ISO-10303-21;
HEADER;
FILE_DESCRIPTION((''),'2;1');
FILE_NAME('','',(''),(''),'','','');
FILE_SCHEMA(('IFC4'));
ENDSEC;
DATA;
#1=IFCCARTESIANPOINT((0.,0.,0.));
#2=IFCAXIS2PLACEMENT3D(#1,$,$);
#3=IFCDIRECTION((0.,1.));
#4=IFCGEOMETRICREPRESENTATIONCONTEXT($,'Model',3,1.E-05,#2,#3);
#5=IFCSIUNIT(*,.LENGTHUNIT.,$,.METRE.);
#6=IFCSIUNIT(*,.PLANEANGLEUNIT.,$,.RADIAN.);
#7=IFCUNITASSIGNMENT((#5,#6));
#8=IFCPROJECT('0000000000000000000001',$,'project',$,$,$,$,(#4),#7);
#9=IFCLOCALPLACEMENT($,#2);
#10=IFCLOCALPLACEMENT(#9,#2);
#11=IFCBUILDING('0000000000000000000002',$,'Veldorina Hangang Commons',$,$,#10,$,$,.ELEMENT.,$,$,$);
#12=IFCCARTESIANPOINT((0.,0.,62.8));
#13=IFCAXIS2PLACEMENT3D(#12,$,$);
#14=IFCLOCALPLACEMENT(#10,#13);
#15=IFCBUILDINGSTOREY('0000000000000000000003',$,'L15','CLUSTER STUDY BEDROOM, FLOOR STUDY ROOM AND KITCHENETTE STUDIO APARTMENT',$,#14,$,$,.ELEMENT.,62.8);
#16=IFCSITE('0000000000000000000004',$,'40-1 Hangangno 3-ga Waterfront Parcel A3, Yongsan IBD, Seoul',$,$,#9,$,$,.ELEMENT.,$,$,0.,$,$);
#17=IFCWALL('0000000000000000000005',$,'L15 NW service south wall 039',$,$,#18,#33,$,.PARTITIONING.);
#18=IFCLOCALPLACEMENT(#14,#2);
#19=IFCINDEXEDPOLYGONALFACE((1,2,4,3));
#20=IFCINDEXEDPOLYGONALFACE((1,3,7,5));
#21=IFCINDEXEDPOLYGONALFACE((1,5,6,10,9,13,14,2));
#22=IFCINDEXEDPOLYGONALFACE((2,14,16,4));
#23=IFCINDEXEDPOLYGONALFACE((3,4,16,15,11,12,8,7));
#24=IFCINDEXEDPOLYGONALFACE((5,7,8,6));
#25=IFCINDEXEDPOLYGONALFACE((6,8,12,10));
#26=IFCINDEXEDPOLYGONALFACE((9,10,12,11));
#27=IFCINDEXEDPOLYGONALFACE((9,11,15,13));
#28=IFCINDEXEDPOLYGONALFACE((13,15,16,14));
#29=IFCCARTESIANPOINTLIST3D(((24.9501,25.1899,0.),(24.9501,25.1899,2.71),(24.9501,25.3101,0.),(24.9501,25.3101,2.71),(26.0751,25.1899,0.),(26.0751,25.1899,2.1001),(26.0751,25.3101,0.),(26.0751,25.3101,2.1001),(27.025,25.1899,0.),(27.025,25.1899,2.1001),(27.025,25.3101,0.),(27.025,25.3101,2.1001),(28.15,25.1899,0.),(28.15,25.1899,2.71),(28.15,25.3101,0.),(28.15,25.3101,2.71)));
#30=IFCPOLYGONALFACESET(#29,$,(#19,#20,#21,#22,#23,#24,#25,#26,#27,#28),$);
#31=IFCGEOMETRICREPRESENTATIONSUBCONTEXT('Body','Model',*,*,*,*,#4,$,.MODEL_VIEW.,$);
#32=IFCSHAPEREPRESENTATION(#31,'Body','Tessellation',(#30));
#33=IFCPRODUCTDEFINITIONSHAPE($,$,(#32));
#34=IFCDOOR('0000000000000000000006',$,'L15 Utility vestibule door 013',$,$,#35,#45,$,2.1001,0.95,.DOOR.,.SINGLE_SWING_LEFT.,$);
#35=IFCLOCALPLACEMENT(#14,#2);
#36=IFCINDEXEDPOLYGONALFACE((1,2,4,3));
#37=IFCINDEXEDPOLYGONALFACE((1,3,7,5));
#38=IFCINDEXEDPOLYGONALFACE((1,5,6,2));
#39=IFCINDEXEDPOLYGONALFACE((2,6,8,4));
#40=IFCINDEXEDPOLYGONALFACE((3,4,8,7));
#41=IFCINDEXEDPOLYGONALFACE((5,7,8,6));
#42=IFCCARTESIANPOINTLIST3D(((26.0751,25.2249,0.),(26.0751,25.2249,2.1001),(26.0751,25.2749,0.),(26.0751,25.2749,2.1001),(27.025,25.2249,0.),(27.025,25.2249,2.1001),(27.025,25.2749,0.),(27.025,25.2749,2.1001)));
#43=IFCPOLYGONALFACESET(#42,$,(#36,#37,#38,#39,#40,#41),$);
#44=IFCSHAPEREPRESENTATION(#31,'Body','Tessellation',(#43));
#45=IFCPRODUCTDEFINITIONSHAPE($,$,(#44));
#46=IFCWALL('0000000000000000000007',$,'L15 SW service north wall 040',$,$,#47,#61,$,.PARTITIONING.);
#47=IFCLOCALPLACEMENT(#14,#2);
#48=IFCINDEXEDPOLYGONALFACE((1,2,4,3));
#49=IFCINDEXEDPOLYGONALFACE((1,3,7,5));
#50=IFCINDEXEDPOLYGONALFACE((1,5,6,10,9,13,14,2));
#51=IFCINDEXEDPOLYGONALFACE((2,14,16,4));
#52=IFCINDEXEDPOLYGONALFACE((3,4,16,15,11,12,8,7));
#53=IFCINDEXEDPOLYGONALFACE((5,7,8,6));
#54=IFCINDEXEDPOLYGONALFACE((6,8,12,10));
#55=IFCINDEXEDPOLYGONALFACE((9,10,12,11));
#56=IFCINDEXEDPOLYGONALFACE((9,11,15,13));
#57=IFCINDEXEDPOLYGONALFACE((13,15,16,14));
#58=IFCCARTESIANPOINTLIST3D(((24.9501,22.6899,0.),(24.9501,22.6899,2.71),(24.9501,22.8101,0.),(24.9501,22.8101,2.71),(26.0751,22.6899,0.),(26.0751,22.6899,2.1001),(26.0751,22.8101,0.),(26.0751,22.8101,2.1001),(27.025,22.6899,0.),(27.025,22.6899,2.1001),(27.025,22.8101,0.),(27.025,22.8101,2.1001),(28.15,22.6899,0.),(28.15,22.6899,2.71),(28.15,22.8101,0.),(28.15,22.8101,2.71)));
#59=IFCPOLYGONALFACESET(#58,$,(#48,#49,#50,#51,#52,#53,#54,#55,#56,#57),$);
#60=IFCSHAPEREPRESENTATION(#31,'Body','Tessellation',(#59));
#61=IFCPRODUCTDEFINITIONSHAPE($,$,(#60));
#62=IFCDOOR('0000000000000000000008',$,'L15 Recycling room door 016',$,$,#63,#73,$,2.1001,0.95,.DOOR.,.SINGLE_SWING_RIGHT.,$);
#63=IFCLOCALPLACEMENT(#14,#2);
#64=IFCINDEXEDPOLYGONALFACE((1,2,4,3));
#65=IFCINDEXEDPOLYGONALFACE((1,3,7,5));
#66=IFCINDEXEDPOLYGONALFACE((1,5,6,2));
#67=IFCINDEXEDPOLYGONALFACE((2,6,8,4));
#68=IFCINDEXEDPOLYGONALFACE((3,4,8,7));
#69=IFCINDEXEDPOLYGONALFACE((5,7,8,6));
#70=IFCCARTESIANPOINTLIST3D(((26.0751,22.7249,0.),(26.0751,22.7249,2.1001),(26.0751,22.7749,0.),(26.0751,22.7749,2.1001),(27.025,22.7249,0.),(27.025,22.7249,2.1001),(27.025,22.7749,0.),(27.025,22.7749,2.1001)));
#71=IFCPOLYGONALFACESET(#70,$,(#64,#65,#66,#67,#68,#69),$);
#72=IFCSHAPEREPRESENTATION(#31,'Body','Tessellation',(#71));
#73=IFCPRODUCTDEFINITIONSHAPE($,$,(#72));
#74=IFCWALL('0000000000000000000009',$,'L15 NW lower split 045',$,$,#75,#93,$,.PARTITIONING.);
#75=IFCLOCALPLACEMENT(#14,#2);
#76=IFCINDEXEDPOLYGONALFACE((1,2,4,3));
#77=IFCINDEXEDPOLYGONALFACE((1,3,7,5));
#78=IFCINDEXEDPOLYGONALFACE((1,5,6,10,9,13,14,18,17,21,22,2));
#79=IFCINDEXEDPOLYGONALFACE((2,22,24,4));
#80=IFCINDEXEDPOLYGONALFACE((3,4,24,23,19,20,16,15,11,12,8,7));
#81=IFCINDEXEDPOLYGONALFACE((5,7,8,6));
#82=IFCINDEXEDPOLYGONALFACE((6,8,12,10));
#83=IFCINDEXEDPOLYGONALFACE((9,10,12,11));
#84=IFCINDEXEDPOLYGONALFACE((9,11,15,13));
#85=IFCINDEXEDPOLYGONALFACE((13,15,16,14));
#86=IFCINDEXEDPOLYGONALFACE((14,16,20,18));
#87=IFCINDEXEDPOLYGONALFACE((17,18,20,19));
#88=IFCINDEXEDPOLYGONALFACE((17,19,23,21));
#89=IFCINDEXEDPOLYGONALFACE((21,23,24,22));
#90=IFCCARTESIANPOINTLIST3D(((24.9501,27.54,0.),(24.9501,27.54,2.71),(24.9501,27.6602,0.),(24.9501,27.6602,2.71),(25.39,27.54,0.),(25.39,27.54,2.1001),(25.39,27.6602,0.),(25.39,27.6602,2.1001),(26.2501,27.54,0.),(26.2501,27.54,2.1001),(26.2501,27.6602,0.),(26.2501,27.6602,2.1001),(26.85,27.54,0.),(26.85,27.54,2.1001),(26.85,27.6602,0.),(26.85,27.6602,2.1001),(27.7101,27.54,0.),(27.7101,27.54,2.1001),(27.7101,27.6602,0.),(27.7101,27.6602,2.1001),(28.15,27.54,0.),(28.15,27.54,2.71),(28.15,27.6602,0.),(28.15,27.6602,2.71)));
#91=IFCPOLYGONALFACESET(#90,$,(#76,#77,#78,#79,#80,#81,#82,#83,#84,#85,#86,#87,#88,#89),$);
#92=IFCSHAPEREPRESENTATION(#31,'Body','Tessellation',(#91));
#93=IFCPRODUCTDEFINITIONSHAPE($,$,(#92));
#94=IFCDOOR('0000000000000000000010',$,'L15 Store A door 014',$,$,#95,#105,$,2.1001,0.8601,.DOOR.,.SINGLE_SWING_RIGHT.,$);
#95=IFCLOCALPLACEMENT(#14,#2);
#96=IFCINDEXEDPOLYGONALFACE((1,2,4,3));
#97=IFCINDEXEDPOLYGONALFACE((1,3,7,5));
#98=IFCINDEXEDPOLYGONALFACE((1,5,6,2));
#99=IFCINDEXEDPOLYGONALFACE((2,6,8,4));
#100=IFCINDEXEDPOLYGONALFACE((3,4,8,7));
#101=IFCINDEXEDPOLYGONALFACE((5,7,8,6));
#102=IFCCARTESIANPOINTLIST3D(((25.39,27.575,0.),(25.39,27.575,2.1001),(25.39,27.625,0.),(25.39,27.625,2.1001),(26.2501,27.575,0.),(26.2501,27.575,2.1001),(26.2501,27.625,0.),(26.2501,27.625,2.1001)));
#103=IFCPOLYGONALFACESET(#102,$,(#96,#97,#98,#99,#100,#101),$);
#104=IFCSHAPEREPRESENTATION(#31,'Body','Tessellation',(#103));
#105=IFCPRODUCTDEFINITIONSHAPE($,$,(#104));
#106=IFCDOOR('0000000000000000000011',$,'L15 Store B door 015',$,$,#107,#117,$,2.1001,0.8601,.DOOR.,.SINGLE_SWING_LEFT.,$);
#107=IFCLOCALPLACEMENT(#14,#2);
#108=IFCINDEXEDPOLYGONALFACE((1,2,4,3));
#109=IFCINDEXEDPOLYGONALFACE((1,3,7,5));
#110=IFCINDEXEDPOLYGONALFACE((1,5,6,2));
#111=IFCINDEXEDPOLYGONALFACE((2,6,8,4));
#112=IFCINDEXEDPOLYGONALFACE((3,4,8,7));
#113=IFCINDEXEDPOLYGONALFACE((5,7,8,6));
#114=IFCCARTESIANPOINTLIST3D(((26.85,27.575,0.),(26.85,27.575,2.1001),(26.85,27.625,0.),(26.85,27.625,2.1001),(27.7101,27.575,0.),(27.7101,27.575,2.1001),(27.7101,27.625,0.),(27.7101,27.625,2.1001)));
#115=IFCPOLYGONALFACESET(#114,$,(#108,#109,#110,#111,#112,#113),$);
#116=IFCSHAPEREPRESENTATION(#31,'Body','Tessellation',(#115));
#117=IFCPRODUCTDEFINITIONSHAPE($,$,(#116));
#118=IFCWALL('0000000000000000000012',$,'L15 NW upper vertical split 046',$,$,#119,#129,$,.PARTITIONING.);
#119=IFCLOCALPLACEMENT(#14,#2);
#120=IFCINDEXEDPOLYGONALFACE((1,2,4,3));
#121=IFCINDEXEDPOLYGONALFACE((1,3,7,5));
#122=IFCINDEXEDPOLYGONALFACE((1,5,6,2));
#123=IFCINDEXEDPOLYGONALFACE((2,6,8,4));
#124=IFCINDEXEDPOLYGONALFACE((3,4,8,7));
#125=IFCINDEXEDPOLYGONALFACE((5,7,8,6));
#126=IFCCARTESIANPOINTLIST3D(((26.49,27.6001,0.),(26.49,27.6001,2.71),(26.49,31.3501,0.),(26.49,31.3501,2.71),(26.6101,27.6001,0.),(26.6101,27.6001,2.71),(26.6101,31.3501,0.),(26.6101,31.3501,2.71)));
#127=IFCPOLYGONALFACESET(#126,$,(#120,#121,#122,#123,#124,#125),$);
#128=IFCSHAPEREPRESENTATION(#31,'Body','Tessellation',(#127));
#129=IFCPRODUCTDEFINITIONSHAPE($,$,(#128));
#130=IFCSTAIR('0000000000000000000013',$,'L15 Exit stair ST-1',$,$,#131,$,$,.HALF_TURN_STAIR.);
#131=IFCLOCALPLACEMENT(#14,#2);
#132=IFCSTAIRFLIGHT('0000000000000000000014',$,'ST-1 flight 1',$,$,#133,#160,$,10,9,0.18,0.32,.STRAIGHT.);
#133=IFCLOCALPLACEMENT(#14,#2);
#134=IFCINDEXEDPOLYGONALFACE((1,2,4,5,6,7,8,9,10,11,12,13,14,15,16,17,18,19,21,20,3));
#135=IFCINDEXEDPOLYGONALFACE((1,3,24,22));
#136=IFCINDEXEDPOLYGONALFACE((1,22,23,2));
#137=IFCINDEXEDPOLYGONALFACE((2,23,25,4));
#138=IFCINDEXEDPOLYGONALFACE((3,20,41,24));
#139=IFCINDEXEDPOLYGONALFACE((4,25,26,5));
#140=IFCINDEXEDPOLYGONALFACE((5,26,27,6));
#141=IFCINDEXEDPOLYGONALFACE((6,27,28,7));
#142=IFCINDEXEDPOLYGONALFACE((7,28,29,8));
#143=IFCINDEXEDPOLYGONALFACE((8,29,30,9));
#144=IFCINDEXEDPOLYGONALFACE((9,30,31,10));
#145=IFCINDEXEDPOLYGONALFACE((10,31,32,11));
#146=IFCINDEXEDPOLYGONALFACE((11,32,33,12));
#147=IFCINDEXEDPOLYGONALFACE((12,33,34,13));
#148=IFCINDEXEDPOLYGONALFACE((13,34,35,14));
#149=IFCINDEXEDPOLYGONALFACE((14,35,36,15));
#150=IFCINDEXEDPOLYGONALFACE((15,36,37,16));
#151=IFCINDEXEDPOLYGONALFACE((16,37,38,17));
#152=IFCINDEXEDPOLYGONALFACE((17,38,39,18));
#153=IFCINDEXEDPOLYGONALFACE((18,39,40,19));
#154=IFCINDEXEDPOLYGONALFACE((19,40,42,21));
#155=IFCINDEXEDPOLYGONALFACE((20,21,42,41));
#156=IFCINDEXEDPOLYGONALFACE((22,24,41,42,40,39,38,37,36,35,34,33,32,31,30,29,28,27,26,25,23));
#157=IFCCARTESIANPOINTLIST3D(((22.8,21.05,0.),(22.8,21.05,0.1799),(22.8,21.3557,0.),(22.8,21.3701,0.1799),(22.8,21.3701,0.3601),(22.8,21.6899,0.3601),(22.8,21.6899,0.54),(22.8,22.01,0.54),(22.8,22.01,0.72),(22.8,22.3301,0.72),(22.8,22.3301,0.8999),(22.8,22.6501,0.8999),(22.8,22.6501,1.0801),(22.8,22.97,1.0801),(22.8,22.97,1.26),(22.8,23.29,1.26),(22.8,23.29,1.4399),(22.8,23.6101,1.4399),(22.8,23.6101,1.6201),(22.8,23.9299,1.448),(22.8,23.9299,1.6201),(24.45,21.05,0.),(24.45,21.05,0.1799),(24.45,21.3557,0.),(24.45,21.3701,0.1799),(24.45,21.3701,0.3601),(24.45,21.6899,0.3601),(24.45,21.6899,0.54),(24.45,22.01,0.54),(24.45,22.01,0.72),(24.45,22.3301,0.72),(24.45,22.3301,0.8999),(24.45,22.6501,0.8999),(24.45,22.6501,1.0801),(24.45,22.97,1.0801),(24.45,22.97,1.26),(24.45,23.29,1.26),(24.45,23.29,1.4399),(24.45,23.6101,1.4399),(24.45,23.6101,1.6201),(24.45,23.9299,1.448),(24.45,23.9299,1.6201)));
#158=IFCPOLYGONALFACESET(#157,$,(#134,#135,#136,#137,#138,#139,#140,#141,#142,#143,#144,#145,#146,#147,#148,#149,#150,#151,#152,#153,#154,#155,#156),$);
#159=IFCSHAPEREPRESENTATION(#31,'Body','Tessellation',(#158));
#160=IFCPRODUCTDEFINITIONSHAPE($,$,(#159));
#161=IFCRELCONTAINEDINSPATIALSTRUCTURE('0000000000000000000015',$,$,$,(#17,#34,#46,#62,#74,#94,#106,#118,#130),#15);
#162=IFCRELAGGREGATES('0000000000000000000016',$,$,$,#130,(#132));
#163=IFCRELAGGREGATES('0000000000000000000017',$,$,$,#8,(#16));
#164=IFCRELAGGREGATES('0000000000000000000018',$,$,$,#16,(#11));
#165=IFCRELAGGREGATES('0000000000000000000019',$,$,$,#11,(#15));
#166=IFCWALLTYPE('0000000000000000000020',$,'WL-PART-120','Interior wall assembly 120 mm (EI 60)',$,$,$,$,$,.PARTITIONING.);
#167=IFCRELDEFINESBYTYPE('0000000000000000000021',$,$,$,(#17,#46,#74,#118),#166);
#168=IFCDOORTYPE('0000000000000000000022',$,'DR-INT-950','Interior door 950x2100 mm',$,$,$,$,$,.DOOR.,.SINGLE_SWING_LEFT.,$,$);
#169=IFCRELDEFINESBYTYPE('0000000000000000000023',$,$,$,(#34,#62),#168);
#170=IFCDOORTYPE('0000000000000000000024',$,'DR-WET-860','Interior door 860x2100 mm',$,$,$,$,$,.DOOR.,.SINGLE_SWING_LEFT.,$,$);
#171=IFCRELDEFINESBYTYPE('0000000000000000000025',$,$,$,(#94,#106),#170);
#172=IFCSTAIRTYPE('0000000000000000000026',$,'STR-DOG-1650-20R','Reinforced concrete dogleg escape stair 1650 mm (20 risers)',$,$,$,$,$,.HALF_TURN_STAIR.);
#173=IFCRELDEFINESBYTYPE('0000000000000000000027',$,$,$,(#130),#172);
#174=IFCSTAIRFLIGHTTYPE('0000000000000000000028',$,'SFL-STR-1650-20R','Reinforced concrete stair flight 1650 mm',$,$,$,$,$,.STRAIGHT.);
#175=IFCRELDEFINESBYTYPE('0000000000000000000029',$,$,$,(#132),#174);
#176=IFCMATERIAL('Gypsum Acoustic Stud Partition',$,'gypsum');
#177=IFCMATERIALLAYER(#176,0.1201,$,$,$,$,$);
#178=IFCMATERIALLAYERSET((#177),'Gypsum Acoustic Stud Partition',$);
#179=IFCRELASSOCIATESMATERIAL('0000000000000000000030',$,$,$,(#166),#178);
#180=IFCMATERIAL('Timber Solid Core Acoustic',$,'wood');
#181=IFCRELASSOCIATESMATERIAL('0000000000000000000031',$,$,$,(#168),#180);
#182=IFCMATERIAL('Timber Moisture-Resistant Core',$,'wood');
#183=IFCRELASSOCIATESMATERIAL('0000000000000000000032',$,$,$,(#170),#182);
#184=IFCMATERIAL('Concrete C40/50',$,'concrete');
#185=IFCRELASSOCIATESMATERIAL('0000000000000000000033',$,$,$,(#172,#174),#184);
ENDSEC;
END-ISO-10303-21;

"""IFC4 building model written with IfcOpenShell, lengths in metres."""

from ifc_helpers import new_model, si_unit, direction, frame, frame_2d, origin, place, context, subcontext, project, spatial, polyline, rectangle, outline, extrude, material, layer, layer_set, type_object, element, fill, aggregate, save


model = new_model("IFC4")

# Units and contexts
model_context = context("Model", 3, precision=1e-05, world=origin(), true_north=direction((0.0, 1.0)))
body_context = subcontext(model_context, "Body", "Model", "MODEL_VIEW")
ifc_project = project(units=[si_unit("LENGTHUNIT", "METRE"), si_unit("PLANEANGLEUNIT", "RADIAN")], contexts=[model_context])

# Site, building, storey
site_placement = place(None, origin())
site = spatial("IfcSite", under=ifc_project, at=site_placement, Name="40-1 Hangangno 3-ga Waterfront Parcel A3, Yongsan IBD, Seoul", CompositionType="ELEMENT", RefElevation=0.0)
building_placement = place(site_placement, origin())
building = spatial("IfcBuilding", under=site, at=building_placement, Name="Veldorina Hangang Commons", CompositionType="ELEMENT")
storey_placement = place(building_placement, frame((0.0, 0.0, 62.8)))
storey = spatial("IfcBuildingStorey", under=building, at=storey_placement, Name="L15", Description="CLUSTER STUDY BEDROOM, FLOOR STUDY ROOM AND KITCHENETTE STUDIO APARTMENT", CompositionType="ELEMENT", Elevation=62.8)

# Walls, openings, doors
ifc_material_1 = material(Name="Gypsum Acoustic Stud Partition", Category="gypsum")
ifc_layer_1 = layer(ifc_material_1, 0.1201)
ifc_layer_set_1 = layer_set([ifc_layer_1], Name="Gypsum Acoustic Stud Partition")
wall_type_1 = type_object("IfcWallType", Name="WL-PART-120", Description="Interior wall assembly 120 mm (EI 60)", PredefinedType="PARTITIONING", material=ifc_layer_set_1)
wall_1_placement = place(storey_placement, frame((24.95, 25.25, 0.0), z_axis=(0.0, 0.0, 1.0), x_axis=(1.0, 0.0, 0.0)))
wall_1 = element("IfcWall", 1, at=wall_1_placement, inside=storey, type_object=wall_type_1, Name="L15 NW service south wall 039", PredefinedType="PARTITIONING", context=body_context, shape_type="SweptSolid", body=[
    extrude(rectangle(XDim=3.2, YDim=0.1201, at=frame_2d((1.6001, 0.0))), origin(), (0.0, 0.0, 1.0), 2.71),
])
opening_1_placement = place(wall_1_placement, frame((1.125, 0.0, 0.0)))
opening_1 = element("IfcOpeningElement", 2, at=opening_1_placement, cuts=wall_1, PredefinedType="OPENING", context=body_context, shape_type="SweptSolid", body=[
    extrude(rectangle(XDim=0.95, YDim=2.1001, at=frame_2d((0.4751, 1.05))), frame((0.0, 0.0701, 0.0), z_axis=(0.0, -1.0, 0.0), x_axis=(1.0, 0.0, 0.0)), (0.0, 0.0, 1.0), 0.1401),
])
ifc_material_2 = material(Name="Timber Solid Core Acoustic", Category="wood")
door_type_1 = type_object("IfcDoorType", Name="DR-INT-950", Description="Interior door 950x2100 mm", OperationType="SINGLE_SWING_LEFT", PredefinedType="DOOR", material=ifc_material_2)
door_1_placement = place(opening_1_placement, origin())
door_1 = element("IfcDoor", 3, at=door_1_placement, inside=storey, type_object=door_type_1, Name="L15 Utility vestibule door 013", OperationType="SINGLE_SWING_LEFT", OverallHeight=2.1001, OverallWidth=0.95, PredefinedType="DOOR", context=body_context, shape_type="SweptSolid", body=[
    extrude(rectangle(XDim=0.95, YDim=2.1001, at=frame_2d((0.4751, 1.05))), frame((0.0, 0.0249, 0.0), z_axis=(0.0, -1.0, 0.0), x_axis=(1.0, 0.0, 0.0)), (0.0, 0.0, 1.0), 0.05),
])
fill(opening_1, door_1)
wall_2_placement = place(storey_placement, frame((24.95, 22.75, 0.0), z_axis=(0.0, 0.0, 1.0), x_axis=(1.0, 0.0, 0.0)))
wall_2 = element("IfcWall", 4, at=wall_2_placement, inside=storey, type_object=wall_type_1, Name="L15 SW service north wall 040", PredefinedType="PARTITIONING", context=body_context, shape_type="SweptSolid", body=[
    extrude(rectangle(XDim=3.2, YDim=0.1201, at=frame_2d((1.6001, 0.0))), origin(), (0.0, 0.0, 1.0), 2.71),
])
opening_2_placement = place(wall_2_placement, frame((1.125, 0.0, 0.0)))
opening_2 = element("IfcOpeningElement", 5, at=opening_2_placement, cuts=wall_2, PredefinedType="OPENING", context=body_context, shape_type="SweptSolid", body=[
    extrude(rectangle(XDim=0.95, YDim=2.1001, at=frame_2d((0.4751, 1.05))), frame((0.0, 0.0701, 0.0), z_axis=(0.0, -1.0, 0.0), x_axis=(1.0, 0.0, 0.0)), (0.0, 0.0, 1.0), 0.1401),
])
door_2_placement = place(opening_2_placement, origin())
door_2 = element("IfcDoor", 6, at=door_2_placement, inside=storey, type_object=door_type_1, Name="L15 Recycling room door 016", OperationType="SINGLE_SWING_RIGHT", OverallHeight=2.1001, OverallWidth=0.95, PredefinedType="DOOR", context=body_context, shape_type="SweptSolid", body=[
    extrude(rectangle(XDim=0.95, YDim=2.1001, at=frame_2d((0.4751, 1.05))), frame((0.0, 0.0249, 0.0), z_axis=(0.0, -1.0, 0.0), x_axis=(1.0, 0.0, 0.0)), (0.0, 0.0, 1.0), 0.05),
])
fill(opening_2, door_2)

# Wall, openings, doors
wall_3_placement = place(storey_placement, frame((24.95, 27.6001, 0.0), z_axis=(0.0, 0.0, 1.0), x_axis=(1.0, 0.0, 0.0)))
wall_3 = element("IfcWall", 7, at=wall_3_placement, inside=storey, type_object=wall_type_1, Name="L15 NW lower split 045", PredefinedType="PARTITIONING", context=body_context, shape_type="SweptSolid", body=[
    extrude(rectangle(XDim=3.2, YDim=0.1201, at=frame_2d((1.6001, 0.0))), origin(), (0.0, 0.0, 1.0), 2.71),
])
opening_3_placement = place(wall_3_placement, frame((0.4399, 0.0, 0.0)))
opening_3 = element("IfcOpeningElement", 8, at=opening_3_placement, cuts=wall_3, PredefinedType="OPENING", context=body_context, shape_type="SweptSolid", body=[
    extrude(rectangle(XDim=0.8601, YDim=2.1001, at=frame_2d((0.4302, 1.05))), frame((0.0, 0.0701, 0.0), z_axis=(0.0, -1.0, 0.0), x_axis=(1.0, 0.0, 0.0)), (0.0, 0.0, 1.0), 0.1401),
])
opening_4_placement = place(wall_3_placement, frame((1.8999, 0.0, 0.0)))
opening_4 = element("IfcOpeningElement", 9, at=opening_4_placement, cuts=wall_3, PredefinedType="OPENING", context=body_context, shape_type="SweptSolid", body=[
    extrude(rectangle(XDim=0.8601, YDim=2.1001, at=frame_2d((0.4302, 1.05))), frame((0.0, 0.0701, 0.0), z_axis=(0.0, -1.0, 0.0), x_axis=(1.0, 0.0, 0.0)), (0.0, 0.0, 1.0), 0.1401),
])
ifc_material_3 = material(Name="Timber Moisture-Resistant Core", Category="wood")
door_type_2 = type_object("IfcDoorType", Name="DR-WET-860", Description="Interior door 860x2100 mm", OperationType="SINGLE_SWING_LEFT", PredefinedType="DOOR", material=ifc_material_3)
door_3_placement = place(opening_3_placement, origin())
door_3 = element("IfcDoor", 10, at=door_3_placement, inside=storey, type_object=door_type_2, Name="L15 Store A door 014", OperationType="SINGLE_SWING_RIGHT", OverallHeight=2.1001, OverallWidth=0.8601, PredefinedType="DOOR", context=body_context, shape_type="SweptSolid", body=[
    extrude(rectangle(XDim=0.8601, YDim=2.1001, at=frame_2d((0.4302, 1.05))), frame((0.0, 0.0249, 0.0), z_axis=(0.0, -1.0, 0.0), x_axis=(1.0, 0.0, 0.0)), (0.0, 0.0, 1.0), 0.05),
])
fill(opening_3, door_3)
door_4_placement = place(opening_4_placement, origin())
door_4 = element("IfcDoor", 11, at=door_4_placement, inside=storey, type_object=door_type_2, Name="L15 Store B door 015", OperationType="SINGLE_SWING_LEFT", OverallHeight=2.1001, OverallWidth=0.8601, PredefinedType="DOOR", context=body_context, shape_type="SweptSolid", body=[
    extrude(rectangle(XDim=0.8601, YDim=2.1001, at=frame_2d((0.4302, 1.05))), frame((0.0, 0.0249, 0.0), z_axis=(0.0, -1.0, 0.0), x_axis=(1.0, 0.0, 0.0)), (0.0, 0.0, 1.0), 0.05),
])
fill(opening_4, door_4)

# Wall
wall_4_placement = place(storey_placement, frame((26.55, 27.6001, 0.0), z_axis=(0.0, 0.0, 1.0), x_axis=(0.0, 1.0, 0.0)))
element("IfcWall", 12, at=wall_4_placement, inside=storey, type_object=wall_type_1, Name="L15 NW upper vertical split 046", PredefinedType="PARTITIONING", context=body_context, shape_type="SweptSolid", body=[
    extrude(rectangle(XDim=3.75, YDim=0.1201, at=frame_2d((1.875, 0.0))), origin(), (0.0, 0.0, 1.0), 2.71),
])

# Stair, stair flight
ifc_material_4 = material(Name="Concrete C40/50", Category="concrete")
stair_type = type_object("IfcStairType", Name="STR-DOG-1650-20R", Description="Reinforced concrete dogleg escape stair 1650 mm (20 risers)", PredefinedType="HALF_TURN_STAIR", material=ifc_material_4)
stair_placement = place(storey_placement, origin())
stair = element("IfcStair", 13, at=stair_placement, inside=storey, type_object=stair_type, Name="L15 Exit stair ST-1", PredefinedType="HALF_TURN_STAIR")
stair_flight_type = type_object("IfcStairFlightType", Name="SFL-STR-1650-20R", Description="Reinforced concrete stair flight 1650 mm", PredefinedType="STRAIGHT", material=ifc_material_4)
stair_flight_1_placement = place(storey_placement, frame((23.625, 21.05, 0.0), z_axis=(0.0, 0.0, 1.0), x_axis=(0.0, 1.0, 0.0)))
stair_flight_1 = element("IfcStairFlight", 14, at=stair_flight_1_placement, type_object=stair_flight_type, Name="ST-1 flight 1", NumberOfRisers=10, NumberOfTreads=9, PredefinedType="STRAIGHT", RiserHeight=0.18, TreadLength=0.32, context=body_context, shape_type="SweptSolid", body=[
    extrude(outline(polyline([(0.0, 0.0), (0.0, 0.1799), (0.3201, 0.1799), (0.3201, 0.3601), (0.6399, 0.3601), (0.6399, 0.54), (0.96, 0.54), (0.96, 0.72), (1.28, 0.72), (1.28, 0.8999), (1.6001, 0.8999), (1.6001, 1.0801), (1.9199, 1.0801), (1.9199, 1.26), (2.24, 1.26), (2.24, 1.4399), (2.5601, 1.4399), (2.5601, 1.6201), (2.8799, 1.6201), (2.8799, 1.8), (2.8799, 1.448), (0.3057, 0.0), (0.0, 0.0)])), frame((0.0, 0.825, 0.0), z_axis=(0.0, -1.0, 0.0), x_axis=(1.0, 0.0, 0.0)), (0.0, 0.0, 1.0), 1.6499),
])
aggregate(stair, [stair_flight_1])

save(model, "model.ifc")
